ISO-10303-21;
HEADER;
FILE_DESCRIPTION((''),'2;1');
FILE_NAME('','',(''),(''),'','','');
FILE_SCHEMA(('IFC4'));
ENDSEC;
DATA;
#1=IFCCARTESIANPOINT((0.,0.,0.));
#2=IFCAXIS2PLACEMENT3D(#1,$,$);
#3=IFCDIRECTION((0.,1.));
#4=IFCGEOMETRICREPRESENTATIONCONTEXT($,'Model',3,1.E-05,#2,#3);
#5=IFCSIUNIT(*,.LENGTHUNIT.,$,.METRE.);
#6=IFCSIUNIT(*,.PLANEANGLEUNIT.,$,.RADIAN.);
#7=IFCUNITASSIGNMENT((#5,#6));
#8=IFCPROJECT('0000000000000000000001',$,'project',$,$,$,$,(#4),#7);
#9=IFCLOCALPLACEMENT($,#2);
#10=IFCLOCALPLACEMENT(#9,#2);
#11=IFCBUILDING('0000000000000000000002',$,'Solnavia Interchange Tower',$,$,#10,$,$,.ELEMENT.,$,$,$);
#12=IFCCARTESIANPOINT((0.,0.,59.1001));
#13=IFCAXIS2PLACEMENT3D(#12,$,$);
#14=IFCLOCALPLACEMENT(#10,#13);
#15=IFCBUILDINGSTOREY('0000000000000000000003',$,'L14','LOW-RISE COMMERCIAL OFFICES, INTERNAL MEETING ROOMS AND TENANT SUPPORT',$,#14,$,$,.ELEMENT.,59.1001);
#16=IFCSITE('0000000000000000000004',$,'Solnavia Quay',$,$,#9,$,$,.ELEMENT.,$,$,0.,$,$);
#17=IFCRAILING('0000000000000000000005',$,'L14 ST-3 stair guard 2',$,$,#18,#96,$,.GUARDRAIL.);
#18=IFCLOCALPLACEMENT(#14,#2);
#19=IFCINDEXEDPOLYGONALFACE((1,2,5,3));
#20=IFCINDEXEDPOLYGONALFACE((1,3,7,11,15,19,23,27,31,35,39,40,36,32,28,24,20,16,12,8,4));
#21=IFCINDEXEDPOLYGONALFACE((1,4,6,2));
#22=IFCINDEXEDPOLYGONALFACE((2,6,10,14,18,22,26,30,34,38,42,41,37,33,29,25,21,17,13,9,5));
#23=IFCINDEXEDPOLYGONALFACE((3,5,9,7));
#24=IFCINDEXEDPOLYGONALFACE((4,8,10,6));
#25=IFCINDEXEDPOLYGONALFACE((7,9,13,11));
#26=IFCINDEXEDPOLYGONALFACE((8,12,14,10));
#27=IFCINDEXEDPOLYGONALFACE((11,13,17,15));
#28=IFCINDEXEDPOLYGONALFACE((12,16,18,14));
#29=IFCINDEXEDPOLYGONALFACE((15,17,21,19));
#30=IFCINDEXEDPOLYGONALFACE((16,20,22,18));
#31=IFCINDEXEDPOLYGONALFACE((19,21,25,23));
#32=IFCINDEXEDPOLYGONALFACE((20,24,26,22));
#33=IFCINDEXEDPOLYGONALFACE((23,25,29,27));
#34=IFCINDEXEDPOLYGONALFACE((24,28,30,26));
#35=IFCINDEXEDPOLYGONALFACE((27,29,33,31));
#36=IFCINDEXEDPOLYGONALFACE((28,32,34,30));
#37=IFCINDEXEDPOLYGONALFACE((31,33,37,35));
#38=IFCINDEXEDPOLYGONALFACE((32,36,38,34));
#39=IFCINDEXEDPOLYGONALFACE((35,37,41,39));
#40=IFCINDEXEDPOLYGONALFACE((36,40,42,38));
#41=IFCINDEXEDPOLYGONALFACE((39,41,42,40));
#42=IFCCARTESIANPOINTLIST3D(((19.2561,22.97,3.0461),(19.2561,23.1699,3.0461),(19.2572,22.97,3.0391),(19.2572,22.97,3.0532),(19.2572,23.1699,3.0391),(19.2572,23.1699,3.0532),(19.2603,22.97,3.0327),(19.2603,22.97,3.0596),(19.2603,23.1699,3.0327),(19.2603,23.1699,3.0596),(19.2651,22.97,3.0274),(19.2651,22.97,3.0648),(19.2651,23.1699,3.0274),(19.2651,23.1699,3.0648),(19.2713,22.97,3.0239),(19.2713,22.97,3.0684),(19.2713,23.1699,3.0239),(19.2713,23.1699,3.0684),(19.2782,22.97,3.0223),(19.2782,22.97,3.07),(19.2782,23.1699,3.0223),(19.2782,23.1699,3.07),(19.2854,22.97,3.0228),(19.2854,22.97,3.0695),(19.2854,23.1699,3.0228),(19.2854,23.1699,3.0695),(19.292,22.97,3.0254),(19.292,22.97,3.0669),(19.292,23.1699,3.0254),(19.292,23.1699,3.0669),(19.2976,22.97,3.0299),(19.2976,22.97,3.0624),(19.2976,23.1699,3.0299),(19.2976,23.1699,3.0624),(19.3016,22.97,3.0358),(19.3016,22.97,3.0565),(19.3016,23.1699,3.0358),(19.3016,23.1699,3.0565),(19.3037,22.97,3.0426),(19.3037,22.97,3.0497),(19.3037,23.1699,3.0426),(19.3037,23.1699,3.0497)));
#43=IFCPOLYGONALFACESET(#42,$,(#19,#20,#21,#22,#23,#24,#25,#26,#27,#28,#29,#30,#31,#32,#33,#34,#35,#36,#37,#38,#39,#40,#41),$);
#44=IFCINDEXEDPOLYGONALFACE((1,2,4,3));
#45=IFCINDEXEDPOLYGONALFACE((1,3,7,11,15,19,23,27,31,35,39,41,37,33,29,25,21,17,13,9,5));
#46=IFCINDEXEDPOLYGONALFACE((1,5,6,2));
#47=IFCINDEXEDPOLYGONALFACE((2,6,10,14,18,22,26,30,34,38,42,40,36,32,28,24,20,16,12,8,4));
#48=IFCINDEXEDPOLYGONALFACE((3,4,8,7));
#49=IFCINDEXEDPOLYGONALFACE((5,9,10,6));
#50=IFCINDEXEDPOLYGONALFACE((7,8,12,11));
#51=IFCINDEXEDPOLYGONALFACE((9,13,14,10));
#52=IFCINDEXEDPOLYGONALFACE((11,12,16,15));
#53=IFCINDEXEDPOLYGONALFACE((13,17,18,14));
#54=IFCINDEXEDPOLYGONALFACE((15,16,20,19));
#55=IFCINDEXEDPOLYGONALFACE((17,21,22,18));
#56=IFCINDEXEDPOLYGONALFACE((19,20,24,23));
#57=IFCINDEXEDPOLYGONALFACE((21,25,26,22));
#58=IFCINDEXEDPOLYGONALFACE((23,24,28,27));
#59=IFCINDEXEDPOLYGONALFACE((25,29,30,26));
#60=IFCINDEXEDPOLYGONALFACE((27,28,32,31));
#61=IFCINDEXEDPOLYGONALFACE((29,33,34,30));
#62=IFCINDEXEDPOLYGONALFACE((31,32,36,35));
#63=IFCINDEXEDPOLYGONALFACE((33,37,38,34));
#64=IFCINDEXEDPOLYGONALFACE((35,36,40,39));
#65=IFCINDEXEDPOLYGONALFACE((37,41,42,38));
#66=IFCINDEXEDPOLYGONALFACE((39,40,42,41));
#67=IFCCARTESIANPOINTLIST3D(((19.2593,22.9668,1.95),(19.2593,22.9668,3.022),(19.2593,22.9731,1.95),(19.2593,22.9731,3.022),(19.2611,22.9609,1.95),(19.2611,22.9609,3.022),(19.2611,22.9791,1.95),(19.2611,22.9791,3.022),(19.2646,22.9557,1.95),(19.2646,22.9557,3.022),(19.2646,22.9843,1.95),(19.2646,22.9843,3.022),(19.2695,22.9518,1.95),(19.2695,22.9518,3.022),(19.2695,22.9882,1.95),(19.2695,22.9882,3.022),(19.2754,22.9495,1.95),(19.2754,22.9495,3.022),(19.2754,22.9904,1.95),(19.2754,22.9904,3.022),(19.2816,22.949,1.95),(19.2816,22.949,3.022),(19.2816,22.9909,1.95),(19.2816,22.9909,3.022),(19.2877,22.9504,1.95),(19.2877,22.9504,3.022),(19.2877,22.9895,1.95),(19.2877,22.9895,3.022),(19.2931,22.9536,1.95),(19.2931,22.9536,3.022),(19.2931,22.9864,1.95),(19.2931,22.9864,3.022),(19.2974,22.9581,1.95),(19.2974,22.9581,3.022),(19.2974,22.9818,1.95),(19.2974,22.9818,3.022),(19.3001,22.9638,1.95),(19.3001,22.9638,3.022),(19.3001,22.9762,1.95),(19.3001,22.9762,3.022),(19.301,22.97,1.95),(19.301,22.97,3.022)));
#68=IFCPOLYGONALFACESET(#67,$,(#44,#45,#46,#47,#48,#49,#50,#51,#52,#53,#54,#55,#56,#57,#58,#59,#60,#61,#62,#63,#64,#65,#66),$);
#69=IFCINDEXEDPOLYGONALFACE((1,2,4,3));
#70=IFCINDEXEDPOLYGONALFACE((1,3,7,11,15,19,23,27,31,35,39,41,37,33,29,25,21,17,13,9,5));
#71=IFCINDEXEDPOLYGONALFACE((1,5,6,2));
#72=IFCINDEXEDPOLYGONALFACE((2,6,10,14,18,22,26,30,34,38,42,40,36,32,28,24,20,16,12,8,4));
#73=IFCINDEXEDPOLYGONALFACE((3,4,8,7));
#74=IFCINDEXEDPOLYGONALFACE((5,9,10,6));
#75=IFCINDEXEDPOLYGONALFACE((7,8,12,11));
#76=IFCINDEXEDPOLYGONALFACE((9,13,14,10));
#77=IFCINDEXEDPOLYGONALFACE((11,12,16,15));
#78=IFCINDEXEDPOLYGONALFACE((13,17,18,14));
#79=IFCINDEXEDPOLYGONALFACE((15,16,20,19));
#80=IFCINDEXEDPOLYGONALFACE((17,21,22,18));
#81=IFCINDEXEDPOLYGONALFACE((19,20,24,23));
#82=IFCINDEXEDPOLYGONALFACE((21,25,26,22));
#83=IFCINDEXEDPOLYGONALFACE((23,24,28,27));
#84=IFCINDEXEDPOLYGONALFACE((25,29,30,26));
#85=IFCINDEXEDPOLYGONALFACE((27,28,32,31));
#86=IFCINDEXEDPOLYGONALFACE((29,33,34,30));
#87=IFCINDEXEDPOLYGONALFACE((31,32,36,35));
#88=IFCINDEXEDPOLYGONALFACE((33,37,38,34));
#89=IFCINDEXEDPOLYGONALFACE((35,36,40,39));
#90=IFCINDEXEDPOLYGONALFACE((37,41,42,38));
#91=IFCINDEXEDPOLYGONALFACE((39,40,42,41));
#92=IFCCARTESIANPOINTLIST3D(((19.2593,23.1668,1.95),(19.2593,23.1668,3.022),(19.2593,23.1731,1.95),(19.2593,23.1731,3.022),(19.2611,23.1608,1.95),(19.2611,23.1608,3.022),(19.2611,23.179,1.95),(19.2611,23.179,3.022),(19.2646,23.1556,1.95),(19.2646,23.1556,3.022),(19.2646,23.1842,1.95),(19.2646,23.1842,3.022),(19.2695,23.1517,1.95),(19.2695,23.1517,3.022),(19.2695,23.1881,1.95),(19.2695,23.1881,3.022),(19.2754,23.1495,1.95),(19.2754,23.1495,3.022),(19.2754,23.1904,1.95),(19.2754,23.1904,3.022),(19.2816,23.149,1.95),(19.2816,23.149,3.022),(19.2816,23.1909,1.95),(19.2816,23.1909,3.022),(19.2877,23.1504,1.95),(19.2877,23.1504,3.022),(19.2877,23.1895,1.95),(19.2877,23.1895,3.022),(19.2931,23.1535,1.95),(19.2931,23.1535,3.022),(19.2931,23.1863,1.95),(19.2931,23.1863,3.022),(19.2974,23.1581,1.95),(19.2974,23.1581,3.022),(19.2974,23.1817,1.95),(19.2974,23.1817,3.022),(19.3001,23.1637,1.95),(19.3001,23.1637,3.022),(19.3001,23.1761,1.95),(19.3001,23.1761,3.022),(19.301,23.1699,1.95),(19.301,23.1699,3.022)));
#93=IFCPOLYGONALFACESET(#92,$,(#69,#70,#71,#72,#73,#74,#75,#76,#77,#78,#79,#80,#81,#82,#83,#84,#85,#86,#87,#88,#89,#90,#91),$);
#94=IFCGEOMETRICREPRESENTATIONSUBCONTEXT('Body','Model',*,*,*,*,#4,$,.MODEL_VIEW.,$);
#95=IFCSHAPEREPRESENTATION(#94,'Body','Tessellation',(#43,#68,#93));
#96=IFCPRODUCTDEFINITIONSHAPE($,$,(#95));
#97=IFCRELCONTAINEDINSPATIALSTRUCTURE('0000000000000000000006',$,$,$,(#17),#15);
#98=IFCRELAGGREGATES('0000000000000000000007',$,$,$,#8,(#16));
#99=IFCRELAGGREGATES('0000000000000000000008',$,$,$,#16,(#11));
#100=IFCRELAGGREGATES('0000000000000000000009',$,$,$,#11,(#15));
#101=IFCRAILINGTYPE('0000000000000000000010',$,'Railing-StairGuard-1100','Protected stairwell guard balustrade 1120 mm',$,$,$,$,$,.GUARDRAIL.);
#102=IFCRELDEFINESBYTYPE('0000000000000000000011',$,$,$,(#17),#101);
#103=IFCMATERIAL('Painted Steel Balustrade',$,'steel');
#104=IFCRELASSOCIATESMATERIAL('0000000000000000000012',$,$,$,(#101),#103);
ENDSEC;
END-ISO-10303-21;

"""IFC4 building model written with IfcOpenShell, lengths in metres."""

from ifc_helpers import new_model, si_unit, direction, frame, origin, origin_2d, place, context, subcontext, project, spatial, circle, extrude, material, type_object, element, save


model = new_model("IFC4")

# Units and contexts
model_context = context("Model", 3, precision=1e-05, world=origin(), true_north=direction((0.0, 1.0)))
body_context = subcontext(model_context, "Body", "Model", "MODEL_VIEW")
ifc_project = project(units=[si_unit("LENGTHUNIT", "METRE"), si_unit("PLANEANGLEUNIT", "RADIAN")], contexts=[model_context])

# Site, building, storey
site_placement = place(None, origin())
site = spatial("IfcSite", under=ifc_project, at=site_placement, Name="Solnavia Quay", CompositionType="ELEMENT", RefElevation=0.0)
building_placement = place(site_placement, origin())
building = spatial("IfcBuilding", under=site, at=building_placement, Name="Solnavia Interchange Tower", CompositionType="ELEMENT")
storey_placement = place(building_placement, frame((0.0, 0.0, 59.1001)))
storey = spatial("IfcBuildingStorey", under=building, at=storey_placement, Name="L14", Description="LOW-RISE COMMERCIAL OFFICES, INTERNAL MEETING ROOMS AND TENANT SUPPORT", CompositionType="ELEMENT", Elevation=59.1001)

# Railing
ifc_material_1 = material(Name="Painted Steel Balustrade", Category="steel")
railing_type_1 = type_object("IfcRailingType", Name="Railing-StairGuard-1100", Description="Protected stairwell guard balustrade 1120 mm", PredefinedType="GUARDRAIL", material=ifc_material_1)
railing_1_placement = place(storey_placement, frame((19.28, 22.97, 1.95)))
element("IfcRailing", 1, at=railing_1_placement, inside=storey, type_object=railing_type_1, Name="L14 ST-3 stair guard 2", PredefinedType="GUARDRAIL", context=body_context, shape_type="SweptSolid", body=[
    extrude(circle(Radius=0.0239, at=origin_2d()), frame((0.0, 0.0, 1.0962), z_axis=(0.0, 1.0, 0.0), x_axis=(-1.0, 0.0, 0.0)), (0.0, 0.0, 1.0), 0.2),
    extrude(circle(Radius=0.021, at=origin_2d()), origin(), (0.0, 0.0, 1.0), 1.072),
    extrude(circle(Radius=0.021, at=origin_2d()), frame((0.0, 0.2, 0.0)), (0.0, 0.0, 1.0), 1.072),
])

save(model, "model.ifc")
